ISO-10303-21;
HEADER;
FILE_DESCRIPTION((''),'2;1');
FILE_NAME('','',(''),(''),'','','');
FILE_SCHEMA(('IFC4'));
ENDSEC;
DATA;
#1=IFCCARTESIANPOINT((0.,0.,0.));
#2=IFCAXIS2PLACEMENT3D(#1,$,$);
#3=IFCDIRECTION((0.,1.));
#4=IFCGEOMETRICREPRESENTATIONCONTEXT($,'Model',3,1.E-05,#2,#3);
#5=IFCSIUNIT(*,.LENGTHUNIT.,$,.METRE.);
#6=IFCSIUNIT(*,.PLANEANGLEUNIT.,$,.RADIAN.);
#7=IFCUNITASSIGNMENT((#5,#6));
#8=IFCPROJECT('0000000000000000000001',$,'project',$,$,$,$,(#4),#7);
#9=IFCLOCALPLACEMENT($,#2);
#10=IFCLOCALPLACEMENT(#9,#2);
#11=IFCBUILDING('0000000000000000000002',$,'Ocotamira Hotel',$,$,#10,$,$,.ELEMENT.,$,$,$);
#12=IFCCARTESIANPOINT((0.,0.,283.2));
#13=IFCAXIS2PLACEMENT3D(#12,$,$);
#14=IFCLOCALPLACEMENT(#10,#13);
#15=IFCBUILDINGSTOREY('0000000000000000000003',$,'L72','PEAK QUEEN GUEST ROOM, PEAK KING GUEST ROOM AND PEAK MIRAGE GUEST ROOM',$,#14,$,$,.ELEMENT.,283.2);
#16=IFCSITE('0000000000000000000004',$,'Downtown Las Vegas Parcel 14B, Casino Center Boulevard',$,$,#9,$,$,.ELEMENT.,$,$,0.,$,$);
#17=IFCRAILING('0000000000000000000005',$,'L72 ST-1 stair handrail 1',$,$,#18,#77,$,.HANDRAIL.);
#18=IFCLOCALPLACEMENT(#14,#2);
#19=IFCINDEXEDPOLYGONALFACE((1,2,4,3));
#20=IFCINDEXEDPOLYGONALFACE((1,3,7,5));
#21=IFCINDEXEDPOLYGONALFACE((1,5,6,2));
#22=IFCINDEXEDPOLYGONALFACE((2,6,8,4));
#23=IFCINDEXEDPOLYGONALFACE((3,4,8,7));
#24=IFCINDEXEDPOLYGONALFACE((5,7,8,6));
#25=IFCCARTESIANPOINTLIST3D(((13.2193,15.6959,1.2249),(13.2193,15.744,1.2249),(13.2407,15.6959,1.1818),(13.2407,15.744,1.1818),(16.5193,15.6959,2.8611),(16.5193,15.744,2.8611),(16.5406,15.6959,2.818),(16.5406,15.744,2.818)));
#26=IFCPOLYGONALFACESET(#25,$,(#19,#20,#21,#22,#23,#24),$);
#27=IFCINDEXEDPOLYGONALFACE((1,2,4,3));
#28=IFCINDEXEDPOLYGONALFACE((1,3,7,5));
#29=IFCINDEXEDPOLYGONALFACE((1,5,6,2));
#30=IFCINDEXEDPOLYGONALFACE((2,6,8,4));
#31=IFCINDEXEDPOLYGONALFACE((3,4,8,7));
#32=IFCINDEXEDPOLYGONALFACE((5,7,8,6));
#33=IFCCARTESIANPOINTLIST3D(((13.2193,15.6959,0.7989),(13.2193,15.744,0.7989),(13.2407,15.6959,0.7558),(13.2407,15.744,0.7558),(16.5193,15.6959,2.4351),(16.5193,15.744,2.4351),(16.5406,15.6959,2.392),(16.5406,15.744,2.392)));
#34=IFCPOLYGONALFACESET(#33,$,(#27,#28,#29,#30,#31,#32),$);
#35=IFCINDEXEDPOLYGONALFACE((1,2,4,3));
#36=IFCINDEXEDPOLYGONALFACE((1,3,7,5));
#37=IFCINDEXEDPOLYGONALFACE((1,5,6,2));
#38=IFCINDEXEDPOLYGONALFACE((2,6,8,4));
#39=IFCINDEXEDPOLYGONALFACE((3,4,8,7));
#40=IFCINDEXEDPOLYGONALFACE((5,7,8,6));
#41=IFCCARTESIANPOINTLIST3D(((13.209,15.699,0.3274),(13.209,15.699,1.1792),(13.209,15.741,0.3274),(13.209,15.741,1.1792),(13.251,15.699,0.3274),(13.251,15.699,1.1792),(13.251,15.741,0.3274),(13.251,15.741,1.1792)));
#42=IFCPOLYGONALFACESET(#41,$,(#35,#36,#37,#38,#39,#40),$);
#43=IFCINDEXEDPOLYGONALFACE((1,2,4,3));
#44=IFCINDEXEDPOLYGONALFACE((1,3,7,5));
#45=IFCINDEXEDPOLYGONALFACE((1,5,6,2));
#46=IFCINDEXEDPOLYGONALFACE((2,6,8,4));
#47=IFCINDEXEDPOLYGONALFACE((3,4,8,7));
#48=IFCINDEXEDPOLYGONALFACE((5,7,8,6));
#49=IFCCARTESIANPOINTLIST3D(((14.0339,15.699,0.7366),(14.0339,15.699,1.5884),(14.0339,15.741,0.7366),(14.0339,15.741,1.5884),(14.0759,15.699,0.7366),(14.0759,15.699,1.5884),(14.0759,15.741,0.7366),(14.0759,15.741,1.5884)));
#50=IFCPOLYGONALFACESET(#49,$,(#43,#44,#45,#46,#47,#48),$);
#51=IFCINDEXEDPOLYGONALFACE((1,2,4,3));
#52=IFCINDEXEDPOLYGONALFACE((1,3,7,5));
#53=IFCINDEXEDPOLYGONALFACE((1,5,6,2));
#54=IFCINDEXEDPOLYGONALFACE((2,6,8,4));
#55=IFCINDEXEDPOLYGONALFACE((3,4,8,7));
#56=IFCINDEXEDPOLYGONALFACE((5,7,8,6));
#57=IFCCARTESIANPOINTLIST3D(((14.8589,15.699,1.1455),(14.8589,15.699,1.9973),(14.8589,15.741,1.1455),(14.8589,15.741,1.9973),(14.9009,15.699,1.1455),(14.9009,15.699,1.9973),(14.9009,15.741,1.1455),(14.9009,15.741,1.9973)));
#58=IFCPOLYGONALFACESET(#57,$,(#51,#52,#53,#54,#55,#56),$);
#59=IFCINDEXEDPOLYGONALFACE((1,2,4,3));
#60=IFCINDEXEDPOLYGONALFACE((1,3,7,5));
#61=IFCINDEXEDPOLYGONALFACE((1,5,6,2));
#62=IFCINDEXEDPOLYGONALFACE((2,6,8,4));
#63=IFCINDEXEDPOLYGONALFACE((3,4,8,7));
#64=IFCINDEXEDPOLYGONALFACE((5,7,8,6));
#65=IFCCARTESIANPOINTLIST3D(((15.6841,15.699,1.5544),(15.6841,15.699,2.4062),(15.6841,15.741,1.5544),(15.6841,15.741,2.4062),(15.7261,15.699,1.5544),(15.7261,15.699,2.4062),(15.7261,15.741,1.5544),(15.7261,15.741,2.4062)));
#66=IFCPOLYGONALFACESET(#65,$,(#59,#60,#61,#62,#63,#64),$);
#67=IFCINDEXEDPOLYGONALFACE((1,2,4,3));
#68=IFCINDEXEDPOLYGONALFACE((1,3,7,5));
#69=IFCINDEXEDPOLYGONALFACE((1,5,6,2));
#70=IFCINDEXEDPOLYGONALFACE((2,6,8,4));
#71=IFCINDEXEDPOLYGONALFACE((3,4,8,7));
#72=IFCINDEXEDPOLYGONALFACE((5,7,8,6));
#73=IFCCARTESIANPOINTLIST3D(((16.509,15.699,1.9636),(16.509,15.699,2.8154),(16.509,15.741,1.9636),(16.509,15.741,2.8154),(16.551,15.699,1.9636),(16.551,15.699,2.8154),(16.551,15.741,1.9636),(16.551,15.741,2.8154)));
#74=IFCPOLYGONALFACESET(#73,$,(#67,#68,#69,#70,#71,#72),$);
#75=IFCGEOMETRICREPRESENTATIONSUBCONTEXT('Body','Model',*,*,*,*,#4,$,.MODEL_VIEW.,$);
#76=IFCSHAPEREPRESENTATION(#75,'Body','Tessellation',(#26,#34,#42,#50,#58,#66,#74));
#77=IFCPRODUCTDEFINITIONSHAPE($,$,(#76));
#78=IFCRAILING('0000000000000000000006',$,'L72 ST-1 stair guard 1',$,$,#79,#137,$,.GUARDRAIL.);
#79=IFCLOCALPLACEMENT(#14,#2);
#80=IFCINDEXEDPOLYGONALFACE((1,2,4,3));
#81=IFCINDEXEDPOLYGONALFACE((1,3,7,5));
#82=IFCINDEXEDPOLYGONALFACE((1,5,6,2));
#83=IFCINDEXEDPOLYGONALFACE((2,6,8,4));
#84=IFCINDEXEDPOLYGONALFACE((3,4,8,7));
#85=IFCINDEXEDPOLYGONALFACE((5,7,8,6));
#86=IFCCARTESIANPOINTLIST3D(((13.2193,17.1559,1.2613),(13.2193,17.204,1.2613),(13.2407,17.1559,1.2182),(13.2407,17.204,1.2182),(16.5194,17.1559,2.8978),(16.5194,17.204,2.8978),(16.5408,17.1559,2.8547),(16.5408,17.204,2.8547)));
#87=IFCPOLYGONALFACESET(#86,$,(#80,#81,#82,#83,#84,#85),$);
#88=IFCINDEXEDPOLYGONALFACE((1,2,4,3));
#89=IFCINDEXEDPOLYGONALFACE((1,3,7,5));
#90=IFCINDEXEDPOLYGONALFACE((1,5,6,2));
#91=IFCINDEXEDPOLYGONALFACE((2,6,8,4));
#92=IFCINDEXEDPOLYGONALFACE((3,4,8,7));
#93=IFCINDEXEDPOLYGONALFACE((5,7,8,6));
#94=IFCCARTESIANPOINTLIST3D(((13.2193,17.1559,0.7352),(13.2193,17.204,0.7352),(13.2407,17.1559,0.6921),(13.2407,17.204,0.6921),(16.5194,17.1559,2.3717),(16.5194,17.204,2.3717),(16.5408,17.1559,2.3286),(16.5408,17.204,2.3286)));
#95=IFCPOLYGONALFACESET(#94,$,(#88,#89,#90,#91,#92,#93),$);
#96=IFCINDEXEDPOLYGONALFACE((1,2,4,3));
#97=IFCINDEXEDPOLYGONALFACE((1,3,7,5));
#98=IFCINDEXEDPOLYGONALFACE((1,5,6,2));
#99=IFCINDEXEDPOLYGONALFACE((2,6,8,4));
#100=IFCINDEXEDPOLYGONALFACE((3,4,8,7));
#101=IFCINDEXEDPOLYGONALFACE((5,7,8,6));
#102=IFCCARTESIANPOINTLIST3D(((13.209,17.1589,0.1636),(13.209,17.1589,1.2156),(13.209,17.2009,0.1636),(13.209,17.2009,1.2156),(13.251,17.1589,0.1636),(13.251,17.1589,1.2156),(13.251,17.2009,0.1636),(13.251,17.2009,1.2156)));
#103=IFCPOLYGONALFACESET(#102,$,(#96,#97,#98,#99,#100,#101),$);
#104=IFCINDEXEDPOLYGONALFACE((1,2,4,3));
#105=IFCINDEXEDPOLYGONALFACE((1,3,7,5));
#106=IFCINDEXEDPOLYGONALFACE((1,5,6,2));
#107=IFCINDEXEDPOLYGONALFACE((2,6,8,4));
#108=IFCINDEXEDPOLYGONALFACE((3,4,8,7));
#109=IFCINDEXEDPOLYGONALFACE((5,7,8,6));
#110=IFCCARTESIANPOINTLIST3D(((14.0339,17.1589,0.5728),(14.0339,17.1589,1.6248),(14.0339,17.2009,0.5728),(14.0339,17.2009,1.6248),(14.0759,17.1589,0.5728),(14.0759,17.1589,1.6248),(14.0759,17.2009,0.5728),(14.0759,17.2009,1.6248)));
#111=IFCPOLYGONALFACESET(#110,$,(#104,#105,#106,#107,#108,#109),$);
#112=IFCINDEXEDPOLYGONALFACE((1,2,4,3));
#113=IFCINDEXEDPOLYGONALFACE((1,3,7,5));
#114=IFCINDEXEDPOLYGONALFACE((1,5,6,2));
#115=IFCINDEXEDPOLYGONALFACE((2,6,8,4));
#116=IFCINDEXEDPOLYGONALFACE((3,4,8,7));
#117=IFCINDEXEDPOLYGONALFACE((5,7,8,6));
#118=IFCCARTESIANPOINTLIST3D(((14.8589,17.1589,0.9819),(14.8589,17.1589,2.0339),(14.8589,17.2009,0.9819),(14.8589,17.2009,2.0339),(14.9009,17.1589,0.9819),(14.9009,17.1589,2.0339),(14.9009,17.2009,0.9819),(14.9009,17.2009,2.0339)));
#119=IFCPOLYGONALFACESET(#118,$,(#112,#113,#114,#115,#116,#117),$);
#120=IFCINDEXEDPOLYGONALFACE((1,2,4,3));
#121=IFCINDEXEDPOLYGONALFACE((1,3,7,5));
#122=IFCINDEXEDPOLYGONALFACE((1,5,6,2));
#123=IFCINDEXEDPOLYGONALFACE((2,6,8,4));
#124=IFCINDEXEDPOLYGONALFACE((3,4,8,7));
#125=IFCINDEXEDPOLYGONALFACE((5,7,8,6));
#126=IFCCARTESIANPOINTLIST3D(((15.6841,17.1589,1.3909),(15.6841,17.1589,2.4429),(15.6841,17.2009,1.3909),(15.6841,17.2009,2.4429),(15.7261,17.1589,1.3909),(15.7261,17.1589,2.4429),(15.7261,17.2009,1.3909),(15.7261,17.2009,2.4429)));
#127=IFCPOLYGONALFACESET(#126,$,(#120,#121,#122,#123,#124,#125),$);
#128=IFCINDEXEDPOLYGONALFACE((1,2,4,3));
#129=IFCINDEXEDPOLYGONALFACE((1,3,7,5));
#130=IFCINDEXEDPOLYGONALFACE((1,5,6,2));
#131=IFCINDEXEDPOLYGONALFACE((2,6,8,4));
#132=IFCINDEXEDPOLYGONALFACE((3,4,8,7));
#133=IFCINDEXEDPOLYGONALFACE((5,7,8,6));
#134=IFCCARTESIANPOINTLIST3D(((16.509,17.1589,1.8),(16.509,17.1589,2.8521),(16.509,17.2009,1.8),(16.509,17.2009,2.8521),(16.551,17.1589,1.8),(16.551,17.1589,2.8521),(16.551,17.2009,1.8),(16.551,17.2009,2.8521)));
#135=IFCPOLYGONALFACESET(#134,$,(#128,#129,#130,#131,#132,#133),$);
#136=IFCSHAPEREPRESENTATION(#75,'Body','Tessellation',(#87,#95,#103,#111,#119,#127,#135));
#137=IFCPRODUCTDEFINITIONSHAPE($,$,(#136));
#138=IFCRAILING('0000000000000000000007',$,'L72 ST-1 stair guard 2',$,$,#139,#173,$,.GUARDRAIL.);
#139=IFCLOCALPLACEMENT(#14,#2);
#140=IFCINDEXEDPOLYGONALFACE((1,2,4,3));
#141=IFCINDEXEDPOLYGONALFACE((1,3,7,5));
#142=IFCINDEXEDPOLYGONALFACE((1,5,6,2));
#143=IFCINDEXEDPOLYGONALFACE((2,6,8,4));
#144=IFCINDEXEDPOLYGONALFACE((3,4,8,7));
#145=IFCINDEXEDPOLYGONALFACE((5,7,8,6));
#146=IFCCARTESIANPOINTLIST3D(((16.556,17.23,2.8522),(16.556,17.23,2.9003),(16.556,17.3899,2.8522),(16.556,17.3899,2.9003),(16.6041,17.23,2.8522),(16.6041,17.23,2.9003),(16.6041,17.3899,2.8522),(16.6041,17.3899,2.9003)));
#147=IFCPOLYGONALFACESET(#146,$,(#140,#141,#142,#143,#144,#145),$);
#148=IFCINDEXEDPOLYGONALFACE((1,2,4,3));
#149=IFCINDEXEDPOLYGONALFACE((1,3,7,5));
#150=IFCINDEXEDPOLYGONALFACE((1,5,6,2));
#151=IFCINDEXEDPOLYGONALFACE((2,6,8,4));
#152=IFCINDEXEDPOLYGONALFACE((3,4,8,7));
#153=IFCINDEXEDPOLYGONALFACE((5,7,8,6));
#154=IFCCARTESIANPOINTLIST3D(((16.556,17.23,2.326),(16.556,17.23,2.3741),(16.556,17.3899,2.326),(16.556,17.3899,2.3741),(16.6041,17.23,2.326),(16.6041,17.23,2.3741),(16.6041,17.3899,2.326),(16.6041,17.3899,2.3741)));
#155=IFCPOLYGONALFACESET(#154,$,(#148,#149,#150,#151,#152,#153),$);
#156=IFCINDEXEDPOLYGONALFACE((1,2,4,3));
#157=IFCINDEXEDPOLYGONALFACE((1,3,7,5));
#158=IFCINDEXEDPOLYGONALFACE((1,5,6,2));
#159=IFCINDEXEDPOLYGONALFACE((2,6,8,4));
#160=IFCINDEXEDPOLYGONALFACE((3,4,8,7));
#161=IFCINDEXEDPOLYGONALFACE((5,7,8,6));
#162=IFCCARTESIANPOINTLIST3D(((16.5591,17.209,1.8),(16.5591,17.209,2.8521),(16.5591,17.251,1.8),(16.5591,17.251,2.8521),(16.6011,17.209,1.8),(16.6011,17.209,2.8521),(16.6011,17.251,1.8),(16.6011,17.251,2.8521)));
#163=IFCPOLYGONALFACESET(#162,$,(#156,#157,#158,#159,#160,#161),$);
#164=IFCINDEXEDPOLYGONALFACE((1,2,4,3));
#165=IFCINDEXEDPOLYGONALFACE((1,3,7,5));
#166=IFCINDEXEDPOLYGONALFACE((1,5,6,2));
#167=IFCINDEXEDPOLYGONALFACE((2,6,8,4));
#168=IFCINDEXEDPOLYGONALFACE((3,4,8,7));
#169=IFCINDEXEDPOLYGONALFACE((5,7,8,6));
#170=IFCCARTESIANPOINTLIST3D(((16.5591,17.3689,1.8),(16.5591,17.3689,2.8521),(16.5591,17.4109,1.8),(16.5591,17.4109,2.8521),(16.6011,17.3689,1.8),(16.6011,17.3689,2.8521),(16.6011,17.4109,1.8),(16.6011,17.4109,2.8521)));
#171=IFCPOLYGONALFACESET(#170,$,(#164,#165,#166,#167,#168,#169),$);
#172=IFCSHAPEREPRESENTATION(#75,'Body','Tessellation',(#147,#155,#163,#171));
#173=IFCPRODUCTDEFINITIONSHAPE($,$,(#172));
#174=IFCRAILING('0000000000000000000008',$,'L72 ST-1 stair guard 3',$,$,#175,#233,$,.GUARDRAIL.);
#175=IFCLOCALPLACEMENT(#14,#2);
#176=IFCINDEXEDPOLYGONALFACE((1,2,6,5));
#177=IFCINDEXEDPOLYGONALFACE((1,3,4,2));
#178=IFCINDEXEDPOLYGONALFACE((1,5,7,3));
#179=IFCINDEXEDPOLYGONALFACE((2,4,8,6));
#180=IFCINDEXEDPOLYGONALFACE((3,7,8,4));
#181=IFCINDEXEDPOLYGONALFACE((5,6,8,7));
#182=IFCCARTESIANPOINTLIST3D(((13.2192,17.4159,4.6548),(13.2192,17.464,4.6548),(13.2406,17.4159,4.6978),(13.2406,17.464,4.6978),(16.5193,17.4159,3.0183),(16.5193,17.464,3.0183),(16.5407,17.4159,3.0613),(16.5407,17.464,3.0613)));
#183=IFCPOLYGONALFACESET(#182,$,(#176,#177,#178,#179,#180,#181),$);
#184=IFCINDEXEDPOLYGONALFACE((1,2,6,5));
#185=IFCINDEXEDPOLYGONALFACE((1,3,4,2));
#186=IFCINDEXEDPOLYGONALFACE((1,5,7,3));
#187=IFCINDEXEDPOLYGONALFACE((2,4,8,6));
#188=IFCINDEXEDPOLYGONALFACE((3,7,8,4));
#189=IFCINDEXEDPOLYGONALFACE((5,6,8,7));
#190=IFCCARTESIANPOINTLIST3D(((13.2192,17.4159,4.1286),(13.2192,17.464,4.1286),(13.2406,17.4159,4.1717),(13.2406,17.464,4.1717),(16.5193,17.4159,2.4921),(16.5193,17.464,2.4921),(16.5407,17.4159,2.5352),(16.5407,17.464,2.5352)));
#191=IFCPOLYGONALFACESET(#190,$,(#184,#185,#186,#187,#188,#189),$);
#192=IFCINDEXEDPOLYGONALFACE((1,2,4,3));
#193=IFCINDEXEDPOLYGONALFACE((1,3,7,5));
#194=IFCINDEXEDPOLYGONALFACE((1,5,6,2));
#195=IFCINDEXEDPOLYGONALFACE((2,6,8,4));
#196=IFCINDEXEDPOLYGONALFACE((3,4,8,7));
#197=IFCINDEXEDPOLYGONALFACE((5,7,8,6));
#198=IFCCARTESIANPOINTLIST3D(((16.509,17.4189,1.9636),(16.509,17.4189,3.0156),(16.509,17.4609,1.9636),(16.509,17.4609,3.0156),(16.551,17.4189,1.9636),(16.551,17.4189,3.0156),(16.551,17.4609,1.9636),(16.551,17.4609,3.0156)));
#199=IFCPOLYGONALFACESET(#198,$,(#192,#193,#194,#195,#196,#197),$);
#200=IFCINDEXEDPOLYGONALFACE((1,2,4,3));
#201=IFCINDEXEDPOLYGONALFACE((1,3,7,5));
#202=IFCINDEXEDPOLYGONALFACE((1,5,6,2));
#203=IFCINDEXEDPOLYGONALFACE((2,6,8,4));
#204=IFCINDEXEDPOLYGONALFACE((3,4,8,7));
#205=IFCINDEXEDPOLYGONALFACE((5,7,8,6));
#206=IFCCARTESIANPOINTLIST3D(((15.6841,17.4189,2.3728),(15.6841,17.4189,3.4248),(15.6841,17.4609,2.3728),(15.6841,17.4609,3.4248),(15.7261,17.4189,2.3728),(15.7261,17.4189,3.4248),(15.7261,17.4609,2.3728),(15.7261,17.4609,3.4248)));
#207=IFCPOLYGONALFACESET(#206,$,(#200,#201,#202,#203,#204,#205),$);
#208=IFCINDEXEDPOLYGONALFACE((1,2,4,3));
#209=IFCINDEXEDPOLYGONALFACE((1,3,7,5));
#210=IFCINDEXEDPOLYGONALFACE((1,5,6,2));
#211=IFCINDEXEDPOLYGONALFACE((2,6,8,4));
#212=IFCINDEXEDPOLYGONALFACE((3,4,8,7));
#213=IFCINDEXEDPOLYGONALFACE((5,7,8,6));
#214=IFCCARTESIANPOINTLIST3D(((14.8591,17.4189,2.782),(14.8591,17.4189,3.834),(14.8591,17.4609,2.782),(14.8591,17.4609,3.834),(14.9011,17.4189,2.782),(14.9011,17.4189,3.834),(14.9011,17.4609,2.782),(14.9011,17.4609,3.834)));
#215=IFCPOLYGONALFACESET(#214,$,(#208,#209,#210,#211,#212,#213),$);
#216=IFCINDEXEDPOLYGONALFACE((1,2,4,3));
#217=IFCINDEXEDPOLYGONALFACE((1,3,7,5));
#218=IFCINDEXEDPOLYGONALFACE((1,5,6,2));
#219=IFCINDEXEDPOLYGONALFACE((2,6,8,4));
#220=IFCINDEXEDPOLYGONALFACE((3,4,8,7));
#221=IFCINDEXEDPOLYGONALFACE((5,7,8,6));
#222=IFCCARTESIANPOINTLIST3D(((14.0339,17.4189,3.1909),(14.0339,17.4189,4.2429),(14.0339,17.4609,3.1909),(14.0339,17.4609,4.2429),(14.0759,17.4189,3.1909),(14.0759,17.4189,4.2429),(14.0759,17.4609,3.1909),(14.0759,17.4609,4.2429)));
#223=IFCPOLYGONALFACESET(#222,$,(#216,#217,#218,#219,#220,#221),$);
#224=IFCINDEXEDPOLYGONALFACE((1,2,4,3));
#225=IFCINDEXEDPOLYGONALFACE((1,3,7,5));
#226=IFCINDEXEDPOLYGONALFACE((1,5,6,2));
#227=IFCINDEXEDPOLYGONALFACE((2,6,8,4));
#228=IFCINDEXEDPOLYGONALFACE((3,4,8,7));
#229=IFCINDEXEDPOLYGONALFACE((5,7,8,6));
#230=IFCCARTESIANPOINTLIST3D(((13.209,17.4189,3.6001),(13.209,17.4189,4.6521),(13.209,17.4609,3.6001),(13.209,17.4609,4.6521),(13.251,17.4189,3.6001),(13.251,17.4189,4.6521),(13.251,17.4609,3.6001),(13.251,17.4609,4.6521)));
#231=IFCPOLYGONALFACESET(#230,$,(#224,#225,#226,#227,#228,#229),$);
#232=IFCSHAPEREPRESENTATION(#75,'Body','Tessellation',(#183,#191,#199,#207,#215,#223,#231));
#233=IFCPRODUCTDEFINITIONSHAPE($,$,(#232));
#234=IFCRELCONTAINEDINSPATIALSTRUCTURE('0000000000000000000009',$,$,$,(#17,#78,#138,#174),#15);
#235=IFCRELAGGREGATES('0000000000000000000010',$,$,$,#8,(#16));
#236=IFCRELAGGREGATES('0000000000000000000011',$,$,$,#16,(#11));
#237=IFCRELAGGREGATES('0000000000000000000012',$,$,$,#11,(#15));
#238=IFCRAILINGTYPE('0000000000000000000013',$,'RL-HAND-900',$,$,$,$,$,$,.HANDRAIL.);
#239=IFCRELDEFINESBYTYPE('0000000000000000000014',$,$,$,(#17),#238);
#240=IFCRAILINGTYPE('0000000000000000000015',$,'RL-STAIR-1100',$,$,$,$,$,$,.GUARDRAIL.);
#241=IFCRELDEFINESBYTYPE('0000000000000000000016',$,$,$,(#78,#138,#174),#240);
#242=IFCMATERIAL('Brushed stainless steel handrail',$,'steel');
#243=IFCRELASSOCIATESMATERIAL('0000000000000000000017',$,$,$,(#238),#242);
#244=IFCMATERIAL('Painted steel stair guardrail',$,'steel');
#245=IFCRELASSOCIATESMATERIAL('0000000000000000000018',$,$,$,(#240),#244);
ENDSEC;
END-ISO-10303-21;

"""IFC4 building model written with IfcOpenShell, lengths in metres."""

from ifc_helpers import new_model, si_unit, direction, frame, origin, origin_2d, place, context, subcontext, project, spatial, rectangle, extrude, material, type_object, element, save


model = new_model("IFC4")

# Units and contexts
model_context = context("Model", 3, precision=1e-05, world=origin(), true_north=direction((0.0, 1.0)))
body_context = subcontext(model_context, "Body", "Model", "MODEL_VIEW")
ifc_project = project(units=[si_unit("LENGTHUNIT", "METRE"), si_unit("PLANEANGLEUNIT", "RADIAN")], contexts=[model_context])

# Site, building, storey
site_placement = place(None, origin())
site = spatial("IfcSite", under=ifc_project, at=site_placement, Name="Downtown Las Vegas Parcel 14B, Casino Center Boulevard", CompositionType="ELEMENT", RefElevation=0.0)
building_placement = place(site_placement, origin())
building = spatial("IfcBuilding", under=site, at=building_placement, Name="Ocotamira Hotel", CompositionType="ELEMENT")
storey_placement = place(building_placement, frame((0.0, 0.0, 283.2)))
storey = spatial("IfcBuildingStorey", under=building, at=storey_placement, Name="L72", Description="PEAK QUEEN GUEST ROOM, PEAK KING GUEST ROOM AND PEAK MIRAGE GUEST ROOM", CompositionType="ELEMENT", Elevation=283.2)

# Railings
ifc_material_1 = material(Name="Brushed stainless steel handrail", Category="steel")
railing_type_1 = type_object("IfcRailingType", Name="RL-HAND-900", PredefinedType="HANDRAIL", material=ifc_material_1)
railing_1_placement = place(storey_placement, frame((13.23, 15.72, 0.3274)))
element("IfcRailing", 1, at=railing_1_placement, inside=storey, type_object=railing_type_1, Name="L72 ST-1 stair handrail 1", PredefinedType="HANDRAIL", context=body_context, shape_type="SweptSolid", body=[
    extrude(rectangle(XDim=0.0481, YDim=0.0481, at=origin_2d()), frame((0.0, 0.0, 0.876), z_axis=(0.89592, 0.0, 0.444215), x_axis=(0.0, 1.0, 0.0)), (0.0, 0.0, 1.0), 3.6833),
    extrude(rectangle(XDim=0.0481, YDim=0.0481, at=origin_2d()), frame((0.0, 0.0, 0.45), z_axis=(0.89592, 0.0, 0.444215), x_axis=(0.0, 1.0, 0.0)), (0.0, 0.0, 1.0), 3.6833),
    extrude(rectangle(XDim=0.042, YDim=0.042, at=origin_2d()), origin(), (0.0, 0.0, 1.0), 0.8518),
    extrude(rectangle(XDim=0.042, YDim=0.042, at=origin_2d()), frame((0.825, 0.0, 0.4092)), (0.0, 0.0, 1.0), 0.8518),
    extrude(rectangle(XDim=0.042, YDim=0.042, at=origin_2d()), frame((1.6499, 0.0, 0.8181)), (0.0, 0.0, 1.0), 0.8518),
    extrude(rectangle(XDim=0.042, YDim=0.042, at=origin_2d()), frame((2.4751, 0.0, 1.2271)), (0.0, 0.0, 1.0), 0.8518),
    extrude(rectangle(XDim=0.042, YDim=0.042, at=origin_2d()), frame((3.3, 0.0, 1.6362)), (0.0, 0.0, 1.0), 0.8518),
])
ifc_material_2 = material(Name="Painted steel stair guardrail", Category="steel")
railing_type_2 = type_object("IfcRailingType", Name="RL-STAIR-1100", PredefinedType="GUARDRAIL", material=ifc_material_2)
railing_2_placement = place(storey_placement, frame((13.23, 17.1799, 0.1636)))
element("IfcRailing", 2, at=railing_2_placement, inside=storey, type_object=railing_type_2, Name="L72 ST-1 stair guard 1", PredefinedType="GUARDRAIL", context=body_context, shape_type="SweptSolid", body=[
    extrude(rectangle(XDim=0.0481, YDim=0.0481, at=origin_2d()), frame((0.0, 0.0, 1.0762), z_axis=(0.895894, 0.0, 0.444268), x_axis=(0.0, 1.0, 0.0)), (0.0, 0.0, 1.0), 3.6836),
    extrude(rectangle(XDim=0.0481, YDim=0.0481, at=origin_2d()), frame((0.0, 0.0, 0.55), z_axis=(0.895894, 0.0, 0.444268), x_axis=(0.0, 1.0, 0.0)), (0.0, 0.0, 1.0), 3.6836),
    extrude(rectangle(XDim=0.042, YDim=0.042, at=origin_2d()), origin(), (0.0, 0.0, 1.0), 1.052),
    extrude(rectangle(XDim=0.042, YDim=0.042, at=origin_2d()), frame((0.825, 0.0, 0.4092)), (0.0, 0.0, 1.0), 1.052),
    extrude(rectangle(XDim=0.042, YDim=0.042, at=origin_2d()), frame((1.6499, 0.0, 0.8184)), (0.0, 0.0, 1.0), 1.052),
    extrude(rectangle(XDim=0.042, YDim=0.042, at=origin_2d()), frame((2.4751, 0.0, 1.2273)), (0.0, 0.0, 1.0), 1.052),
    extrude(rectangle(XDim=0.042, YDim=0.042, at=origin_2d()), frame((3.3, 0.0, 1.6365)), (0.0, 0.0, 1.0), 1.052),
])
railing_3_placement = place(storey_placement, frame((16.5801, 17.23, 1.8)))
element("IfcRailing", 3, at=railing_3_placement, inside=storey, type_object=railing_type_2, Name="L72 ST-1 stair guard 2", PredefinedType="GUARDRAIL", context=body_context, shape_type="SweptSolid", body=[
    extrude(rectangle(XDim=0.0481, YDim=0.0481, at=origin_2d()), frame((0.0, 0.0, 1.0762), z_axis=(0.0, 1.0, 0.0), x_axis=(-1.0, 0.0, 0.0)), (0.0, 0.0, 1.0), 0.1599),
    extrude(rectangle(XDim=0.0481, YDim=0.0481, at=origin_2d()), frame((0.0, 0.0, 0.55), z_axis=(0.0, 1.0, 0.0), x_axis=(-1.0, 0.0, 0.0)), (0.0, 0.0, 1.0), 0.1599),
    extrude(rectangle(XDim=0.042, YDim=0.042, at=origin_2d()), origin(), (0.0, 0.0, 1.0), 1.052),
    extrude(rectangle(XDim=0.042, YDim=0.042, at=origin_2d()), frame((0.0, 0.1599, 0.0)), (0.0, 0.0, 1.0), 1.052),
])
railing_4_placement = place(storey_placement, frame((16.53, 17.4399, 1.9636)))
element("IfcRailing", 4, at=railing_4_placement, inside=storey, type_object=railing_type_2, Name="L72 ST-1 stair guard 3", PredefinedType="GUARDRAIL", context=body_context, shape_type="SweptSolid", body=[
    extrude(rectangle(XDim=0.0481, YDim=0.0481, at=origin_2d()), frame((0.0, 0.0, 1.0762), z_axis=(-0.895894, 0.0, 0.444268), x_axis=(0.0, -1.0, 0.0)), (0.0, 0.0, 1.0), 3.6836),
    extrude(rectangle(XDim=0.0481, YDim=0.0481, at=origin_2d()), frame((0.0, 0.0, 0.55), z_axis=(-0.895894, 0.0, 0.444268), x_axis=(0.0, -1.0, 0.0)), (0.0, 0.0, 1.0), 3.6836),
    extrude(rectangle(XDim=0.042, YDim=0.042, at=origin_2d()), origin(), (0.0, 0.0, 1.0), 1.052),
    extrude(rectangle(XDim=0.042, YDim=0.042, at=origin_2d()), frame((-0.825, 0.0, 0.4092)), (0.0, 0.0, 1.0), 1.052),
    extrude(rectangle(XDim=0.042, YDim=0.042, at=origin_2d()), frame((-1.6499, 0.0, 0.8184)), (0.0, 0.0, 1.0), 1.052),
    extrude(rectangle(XDim=0.042, YDim=0.042, at=origin_2d()), frame((-2.4751, 0.0, 1.2273)), (0.0, 0.0, 1.0), 1.052),
    extrude(rectangle(XDim=0.042, YDim=0.042, at=origin_2d()), frame((-3.3, 0.0, 1.6365)), (0.0, 0.0, 1.0), 1.052),
])

save(model, "model.ifc")
